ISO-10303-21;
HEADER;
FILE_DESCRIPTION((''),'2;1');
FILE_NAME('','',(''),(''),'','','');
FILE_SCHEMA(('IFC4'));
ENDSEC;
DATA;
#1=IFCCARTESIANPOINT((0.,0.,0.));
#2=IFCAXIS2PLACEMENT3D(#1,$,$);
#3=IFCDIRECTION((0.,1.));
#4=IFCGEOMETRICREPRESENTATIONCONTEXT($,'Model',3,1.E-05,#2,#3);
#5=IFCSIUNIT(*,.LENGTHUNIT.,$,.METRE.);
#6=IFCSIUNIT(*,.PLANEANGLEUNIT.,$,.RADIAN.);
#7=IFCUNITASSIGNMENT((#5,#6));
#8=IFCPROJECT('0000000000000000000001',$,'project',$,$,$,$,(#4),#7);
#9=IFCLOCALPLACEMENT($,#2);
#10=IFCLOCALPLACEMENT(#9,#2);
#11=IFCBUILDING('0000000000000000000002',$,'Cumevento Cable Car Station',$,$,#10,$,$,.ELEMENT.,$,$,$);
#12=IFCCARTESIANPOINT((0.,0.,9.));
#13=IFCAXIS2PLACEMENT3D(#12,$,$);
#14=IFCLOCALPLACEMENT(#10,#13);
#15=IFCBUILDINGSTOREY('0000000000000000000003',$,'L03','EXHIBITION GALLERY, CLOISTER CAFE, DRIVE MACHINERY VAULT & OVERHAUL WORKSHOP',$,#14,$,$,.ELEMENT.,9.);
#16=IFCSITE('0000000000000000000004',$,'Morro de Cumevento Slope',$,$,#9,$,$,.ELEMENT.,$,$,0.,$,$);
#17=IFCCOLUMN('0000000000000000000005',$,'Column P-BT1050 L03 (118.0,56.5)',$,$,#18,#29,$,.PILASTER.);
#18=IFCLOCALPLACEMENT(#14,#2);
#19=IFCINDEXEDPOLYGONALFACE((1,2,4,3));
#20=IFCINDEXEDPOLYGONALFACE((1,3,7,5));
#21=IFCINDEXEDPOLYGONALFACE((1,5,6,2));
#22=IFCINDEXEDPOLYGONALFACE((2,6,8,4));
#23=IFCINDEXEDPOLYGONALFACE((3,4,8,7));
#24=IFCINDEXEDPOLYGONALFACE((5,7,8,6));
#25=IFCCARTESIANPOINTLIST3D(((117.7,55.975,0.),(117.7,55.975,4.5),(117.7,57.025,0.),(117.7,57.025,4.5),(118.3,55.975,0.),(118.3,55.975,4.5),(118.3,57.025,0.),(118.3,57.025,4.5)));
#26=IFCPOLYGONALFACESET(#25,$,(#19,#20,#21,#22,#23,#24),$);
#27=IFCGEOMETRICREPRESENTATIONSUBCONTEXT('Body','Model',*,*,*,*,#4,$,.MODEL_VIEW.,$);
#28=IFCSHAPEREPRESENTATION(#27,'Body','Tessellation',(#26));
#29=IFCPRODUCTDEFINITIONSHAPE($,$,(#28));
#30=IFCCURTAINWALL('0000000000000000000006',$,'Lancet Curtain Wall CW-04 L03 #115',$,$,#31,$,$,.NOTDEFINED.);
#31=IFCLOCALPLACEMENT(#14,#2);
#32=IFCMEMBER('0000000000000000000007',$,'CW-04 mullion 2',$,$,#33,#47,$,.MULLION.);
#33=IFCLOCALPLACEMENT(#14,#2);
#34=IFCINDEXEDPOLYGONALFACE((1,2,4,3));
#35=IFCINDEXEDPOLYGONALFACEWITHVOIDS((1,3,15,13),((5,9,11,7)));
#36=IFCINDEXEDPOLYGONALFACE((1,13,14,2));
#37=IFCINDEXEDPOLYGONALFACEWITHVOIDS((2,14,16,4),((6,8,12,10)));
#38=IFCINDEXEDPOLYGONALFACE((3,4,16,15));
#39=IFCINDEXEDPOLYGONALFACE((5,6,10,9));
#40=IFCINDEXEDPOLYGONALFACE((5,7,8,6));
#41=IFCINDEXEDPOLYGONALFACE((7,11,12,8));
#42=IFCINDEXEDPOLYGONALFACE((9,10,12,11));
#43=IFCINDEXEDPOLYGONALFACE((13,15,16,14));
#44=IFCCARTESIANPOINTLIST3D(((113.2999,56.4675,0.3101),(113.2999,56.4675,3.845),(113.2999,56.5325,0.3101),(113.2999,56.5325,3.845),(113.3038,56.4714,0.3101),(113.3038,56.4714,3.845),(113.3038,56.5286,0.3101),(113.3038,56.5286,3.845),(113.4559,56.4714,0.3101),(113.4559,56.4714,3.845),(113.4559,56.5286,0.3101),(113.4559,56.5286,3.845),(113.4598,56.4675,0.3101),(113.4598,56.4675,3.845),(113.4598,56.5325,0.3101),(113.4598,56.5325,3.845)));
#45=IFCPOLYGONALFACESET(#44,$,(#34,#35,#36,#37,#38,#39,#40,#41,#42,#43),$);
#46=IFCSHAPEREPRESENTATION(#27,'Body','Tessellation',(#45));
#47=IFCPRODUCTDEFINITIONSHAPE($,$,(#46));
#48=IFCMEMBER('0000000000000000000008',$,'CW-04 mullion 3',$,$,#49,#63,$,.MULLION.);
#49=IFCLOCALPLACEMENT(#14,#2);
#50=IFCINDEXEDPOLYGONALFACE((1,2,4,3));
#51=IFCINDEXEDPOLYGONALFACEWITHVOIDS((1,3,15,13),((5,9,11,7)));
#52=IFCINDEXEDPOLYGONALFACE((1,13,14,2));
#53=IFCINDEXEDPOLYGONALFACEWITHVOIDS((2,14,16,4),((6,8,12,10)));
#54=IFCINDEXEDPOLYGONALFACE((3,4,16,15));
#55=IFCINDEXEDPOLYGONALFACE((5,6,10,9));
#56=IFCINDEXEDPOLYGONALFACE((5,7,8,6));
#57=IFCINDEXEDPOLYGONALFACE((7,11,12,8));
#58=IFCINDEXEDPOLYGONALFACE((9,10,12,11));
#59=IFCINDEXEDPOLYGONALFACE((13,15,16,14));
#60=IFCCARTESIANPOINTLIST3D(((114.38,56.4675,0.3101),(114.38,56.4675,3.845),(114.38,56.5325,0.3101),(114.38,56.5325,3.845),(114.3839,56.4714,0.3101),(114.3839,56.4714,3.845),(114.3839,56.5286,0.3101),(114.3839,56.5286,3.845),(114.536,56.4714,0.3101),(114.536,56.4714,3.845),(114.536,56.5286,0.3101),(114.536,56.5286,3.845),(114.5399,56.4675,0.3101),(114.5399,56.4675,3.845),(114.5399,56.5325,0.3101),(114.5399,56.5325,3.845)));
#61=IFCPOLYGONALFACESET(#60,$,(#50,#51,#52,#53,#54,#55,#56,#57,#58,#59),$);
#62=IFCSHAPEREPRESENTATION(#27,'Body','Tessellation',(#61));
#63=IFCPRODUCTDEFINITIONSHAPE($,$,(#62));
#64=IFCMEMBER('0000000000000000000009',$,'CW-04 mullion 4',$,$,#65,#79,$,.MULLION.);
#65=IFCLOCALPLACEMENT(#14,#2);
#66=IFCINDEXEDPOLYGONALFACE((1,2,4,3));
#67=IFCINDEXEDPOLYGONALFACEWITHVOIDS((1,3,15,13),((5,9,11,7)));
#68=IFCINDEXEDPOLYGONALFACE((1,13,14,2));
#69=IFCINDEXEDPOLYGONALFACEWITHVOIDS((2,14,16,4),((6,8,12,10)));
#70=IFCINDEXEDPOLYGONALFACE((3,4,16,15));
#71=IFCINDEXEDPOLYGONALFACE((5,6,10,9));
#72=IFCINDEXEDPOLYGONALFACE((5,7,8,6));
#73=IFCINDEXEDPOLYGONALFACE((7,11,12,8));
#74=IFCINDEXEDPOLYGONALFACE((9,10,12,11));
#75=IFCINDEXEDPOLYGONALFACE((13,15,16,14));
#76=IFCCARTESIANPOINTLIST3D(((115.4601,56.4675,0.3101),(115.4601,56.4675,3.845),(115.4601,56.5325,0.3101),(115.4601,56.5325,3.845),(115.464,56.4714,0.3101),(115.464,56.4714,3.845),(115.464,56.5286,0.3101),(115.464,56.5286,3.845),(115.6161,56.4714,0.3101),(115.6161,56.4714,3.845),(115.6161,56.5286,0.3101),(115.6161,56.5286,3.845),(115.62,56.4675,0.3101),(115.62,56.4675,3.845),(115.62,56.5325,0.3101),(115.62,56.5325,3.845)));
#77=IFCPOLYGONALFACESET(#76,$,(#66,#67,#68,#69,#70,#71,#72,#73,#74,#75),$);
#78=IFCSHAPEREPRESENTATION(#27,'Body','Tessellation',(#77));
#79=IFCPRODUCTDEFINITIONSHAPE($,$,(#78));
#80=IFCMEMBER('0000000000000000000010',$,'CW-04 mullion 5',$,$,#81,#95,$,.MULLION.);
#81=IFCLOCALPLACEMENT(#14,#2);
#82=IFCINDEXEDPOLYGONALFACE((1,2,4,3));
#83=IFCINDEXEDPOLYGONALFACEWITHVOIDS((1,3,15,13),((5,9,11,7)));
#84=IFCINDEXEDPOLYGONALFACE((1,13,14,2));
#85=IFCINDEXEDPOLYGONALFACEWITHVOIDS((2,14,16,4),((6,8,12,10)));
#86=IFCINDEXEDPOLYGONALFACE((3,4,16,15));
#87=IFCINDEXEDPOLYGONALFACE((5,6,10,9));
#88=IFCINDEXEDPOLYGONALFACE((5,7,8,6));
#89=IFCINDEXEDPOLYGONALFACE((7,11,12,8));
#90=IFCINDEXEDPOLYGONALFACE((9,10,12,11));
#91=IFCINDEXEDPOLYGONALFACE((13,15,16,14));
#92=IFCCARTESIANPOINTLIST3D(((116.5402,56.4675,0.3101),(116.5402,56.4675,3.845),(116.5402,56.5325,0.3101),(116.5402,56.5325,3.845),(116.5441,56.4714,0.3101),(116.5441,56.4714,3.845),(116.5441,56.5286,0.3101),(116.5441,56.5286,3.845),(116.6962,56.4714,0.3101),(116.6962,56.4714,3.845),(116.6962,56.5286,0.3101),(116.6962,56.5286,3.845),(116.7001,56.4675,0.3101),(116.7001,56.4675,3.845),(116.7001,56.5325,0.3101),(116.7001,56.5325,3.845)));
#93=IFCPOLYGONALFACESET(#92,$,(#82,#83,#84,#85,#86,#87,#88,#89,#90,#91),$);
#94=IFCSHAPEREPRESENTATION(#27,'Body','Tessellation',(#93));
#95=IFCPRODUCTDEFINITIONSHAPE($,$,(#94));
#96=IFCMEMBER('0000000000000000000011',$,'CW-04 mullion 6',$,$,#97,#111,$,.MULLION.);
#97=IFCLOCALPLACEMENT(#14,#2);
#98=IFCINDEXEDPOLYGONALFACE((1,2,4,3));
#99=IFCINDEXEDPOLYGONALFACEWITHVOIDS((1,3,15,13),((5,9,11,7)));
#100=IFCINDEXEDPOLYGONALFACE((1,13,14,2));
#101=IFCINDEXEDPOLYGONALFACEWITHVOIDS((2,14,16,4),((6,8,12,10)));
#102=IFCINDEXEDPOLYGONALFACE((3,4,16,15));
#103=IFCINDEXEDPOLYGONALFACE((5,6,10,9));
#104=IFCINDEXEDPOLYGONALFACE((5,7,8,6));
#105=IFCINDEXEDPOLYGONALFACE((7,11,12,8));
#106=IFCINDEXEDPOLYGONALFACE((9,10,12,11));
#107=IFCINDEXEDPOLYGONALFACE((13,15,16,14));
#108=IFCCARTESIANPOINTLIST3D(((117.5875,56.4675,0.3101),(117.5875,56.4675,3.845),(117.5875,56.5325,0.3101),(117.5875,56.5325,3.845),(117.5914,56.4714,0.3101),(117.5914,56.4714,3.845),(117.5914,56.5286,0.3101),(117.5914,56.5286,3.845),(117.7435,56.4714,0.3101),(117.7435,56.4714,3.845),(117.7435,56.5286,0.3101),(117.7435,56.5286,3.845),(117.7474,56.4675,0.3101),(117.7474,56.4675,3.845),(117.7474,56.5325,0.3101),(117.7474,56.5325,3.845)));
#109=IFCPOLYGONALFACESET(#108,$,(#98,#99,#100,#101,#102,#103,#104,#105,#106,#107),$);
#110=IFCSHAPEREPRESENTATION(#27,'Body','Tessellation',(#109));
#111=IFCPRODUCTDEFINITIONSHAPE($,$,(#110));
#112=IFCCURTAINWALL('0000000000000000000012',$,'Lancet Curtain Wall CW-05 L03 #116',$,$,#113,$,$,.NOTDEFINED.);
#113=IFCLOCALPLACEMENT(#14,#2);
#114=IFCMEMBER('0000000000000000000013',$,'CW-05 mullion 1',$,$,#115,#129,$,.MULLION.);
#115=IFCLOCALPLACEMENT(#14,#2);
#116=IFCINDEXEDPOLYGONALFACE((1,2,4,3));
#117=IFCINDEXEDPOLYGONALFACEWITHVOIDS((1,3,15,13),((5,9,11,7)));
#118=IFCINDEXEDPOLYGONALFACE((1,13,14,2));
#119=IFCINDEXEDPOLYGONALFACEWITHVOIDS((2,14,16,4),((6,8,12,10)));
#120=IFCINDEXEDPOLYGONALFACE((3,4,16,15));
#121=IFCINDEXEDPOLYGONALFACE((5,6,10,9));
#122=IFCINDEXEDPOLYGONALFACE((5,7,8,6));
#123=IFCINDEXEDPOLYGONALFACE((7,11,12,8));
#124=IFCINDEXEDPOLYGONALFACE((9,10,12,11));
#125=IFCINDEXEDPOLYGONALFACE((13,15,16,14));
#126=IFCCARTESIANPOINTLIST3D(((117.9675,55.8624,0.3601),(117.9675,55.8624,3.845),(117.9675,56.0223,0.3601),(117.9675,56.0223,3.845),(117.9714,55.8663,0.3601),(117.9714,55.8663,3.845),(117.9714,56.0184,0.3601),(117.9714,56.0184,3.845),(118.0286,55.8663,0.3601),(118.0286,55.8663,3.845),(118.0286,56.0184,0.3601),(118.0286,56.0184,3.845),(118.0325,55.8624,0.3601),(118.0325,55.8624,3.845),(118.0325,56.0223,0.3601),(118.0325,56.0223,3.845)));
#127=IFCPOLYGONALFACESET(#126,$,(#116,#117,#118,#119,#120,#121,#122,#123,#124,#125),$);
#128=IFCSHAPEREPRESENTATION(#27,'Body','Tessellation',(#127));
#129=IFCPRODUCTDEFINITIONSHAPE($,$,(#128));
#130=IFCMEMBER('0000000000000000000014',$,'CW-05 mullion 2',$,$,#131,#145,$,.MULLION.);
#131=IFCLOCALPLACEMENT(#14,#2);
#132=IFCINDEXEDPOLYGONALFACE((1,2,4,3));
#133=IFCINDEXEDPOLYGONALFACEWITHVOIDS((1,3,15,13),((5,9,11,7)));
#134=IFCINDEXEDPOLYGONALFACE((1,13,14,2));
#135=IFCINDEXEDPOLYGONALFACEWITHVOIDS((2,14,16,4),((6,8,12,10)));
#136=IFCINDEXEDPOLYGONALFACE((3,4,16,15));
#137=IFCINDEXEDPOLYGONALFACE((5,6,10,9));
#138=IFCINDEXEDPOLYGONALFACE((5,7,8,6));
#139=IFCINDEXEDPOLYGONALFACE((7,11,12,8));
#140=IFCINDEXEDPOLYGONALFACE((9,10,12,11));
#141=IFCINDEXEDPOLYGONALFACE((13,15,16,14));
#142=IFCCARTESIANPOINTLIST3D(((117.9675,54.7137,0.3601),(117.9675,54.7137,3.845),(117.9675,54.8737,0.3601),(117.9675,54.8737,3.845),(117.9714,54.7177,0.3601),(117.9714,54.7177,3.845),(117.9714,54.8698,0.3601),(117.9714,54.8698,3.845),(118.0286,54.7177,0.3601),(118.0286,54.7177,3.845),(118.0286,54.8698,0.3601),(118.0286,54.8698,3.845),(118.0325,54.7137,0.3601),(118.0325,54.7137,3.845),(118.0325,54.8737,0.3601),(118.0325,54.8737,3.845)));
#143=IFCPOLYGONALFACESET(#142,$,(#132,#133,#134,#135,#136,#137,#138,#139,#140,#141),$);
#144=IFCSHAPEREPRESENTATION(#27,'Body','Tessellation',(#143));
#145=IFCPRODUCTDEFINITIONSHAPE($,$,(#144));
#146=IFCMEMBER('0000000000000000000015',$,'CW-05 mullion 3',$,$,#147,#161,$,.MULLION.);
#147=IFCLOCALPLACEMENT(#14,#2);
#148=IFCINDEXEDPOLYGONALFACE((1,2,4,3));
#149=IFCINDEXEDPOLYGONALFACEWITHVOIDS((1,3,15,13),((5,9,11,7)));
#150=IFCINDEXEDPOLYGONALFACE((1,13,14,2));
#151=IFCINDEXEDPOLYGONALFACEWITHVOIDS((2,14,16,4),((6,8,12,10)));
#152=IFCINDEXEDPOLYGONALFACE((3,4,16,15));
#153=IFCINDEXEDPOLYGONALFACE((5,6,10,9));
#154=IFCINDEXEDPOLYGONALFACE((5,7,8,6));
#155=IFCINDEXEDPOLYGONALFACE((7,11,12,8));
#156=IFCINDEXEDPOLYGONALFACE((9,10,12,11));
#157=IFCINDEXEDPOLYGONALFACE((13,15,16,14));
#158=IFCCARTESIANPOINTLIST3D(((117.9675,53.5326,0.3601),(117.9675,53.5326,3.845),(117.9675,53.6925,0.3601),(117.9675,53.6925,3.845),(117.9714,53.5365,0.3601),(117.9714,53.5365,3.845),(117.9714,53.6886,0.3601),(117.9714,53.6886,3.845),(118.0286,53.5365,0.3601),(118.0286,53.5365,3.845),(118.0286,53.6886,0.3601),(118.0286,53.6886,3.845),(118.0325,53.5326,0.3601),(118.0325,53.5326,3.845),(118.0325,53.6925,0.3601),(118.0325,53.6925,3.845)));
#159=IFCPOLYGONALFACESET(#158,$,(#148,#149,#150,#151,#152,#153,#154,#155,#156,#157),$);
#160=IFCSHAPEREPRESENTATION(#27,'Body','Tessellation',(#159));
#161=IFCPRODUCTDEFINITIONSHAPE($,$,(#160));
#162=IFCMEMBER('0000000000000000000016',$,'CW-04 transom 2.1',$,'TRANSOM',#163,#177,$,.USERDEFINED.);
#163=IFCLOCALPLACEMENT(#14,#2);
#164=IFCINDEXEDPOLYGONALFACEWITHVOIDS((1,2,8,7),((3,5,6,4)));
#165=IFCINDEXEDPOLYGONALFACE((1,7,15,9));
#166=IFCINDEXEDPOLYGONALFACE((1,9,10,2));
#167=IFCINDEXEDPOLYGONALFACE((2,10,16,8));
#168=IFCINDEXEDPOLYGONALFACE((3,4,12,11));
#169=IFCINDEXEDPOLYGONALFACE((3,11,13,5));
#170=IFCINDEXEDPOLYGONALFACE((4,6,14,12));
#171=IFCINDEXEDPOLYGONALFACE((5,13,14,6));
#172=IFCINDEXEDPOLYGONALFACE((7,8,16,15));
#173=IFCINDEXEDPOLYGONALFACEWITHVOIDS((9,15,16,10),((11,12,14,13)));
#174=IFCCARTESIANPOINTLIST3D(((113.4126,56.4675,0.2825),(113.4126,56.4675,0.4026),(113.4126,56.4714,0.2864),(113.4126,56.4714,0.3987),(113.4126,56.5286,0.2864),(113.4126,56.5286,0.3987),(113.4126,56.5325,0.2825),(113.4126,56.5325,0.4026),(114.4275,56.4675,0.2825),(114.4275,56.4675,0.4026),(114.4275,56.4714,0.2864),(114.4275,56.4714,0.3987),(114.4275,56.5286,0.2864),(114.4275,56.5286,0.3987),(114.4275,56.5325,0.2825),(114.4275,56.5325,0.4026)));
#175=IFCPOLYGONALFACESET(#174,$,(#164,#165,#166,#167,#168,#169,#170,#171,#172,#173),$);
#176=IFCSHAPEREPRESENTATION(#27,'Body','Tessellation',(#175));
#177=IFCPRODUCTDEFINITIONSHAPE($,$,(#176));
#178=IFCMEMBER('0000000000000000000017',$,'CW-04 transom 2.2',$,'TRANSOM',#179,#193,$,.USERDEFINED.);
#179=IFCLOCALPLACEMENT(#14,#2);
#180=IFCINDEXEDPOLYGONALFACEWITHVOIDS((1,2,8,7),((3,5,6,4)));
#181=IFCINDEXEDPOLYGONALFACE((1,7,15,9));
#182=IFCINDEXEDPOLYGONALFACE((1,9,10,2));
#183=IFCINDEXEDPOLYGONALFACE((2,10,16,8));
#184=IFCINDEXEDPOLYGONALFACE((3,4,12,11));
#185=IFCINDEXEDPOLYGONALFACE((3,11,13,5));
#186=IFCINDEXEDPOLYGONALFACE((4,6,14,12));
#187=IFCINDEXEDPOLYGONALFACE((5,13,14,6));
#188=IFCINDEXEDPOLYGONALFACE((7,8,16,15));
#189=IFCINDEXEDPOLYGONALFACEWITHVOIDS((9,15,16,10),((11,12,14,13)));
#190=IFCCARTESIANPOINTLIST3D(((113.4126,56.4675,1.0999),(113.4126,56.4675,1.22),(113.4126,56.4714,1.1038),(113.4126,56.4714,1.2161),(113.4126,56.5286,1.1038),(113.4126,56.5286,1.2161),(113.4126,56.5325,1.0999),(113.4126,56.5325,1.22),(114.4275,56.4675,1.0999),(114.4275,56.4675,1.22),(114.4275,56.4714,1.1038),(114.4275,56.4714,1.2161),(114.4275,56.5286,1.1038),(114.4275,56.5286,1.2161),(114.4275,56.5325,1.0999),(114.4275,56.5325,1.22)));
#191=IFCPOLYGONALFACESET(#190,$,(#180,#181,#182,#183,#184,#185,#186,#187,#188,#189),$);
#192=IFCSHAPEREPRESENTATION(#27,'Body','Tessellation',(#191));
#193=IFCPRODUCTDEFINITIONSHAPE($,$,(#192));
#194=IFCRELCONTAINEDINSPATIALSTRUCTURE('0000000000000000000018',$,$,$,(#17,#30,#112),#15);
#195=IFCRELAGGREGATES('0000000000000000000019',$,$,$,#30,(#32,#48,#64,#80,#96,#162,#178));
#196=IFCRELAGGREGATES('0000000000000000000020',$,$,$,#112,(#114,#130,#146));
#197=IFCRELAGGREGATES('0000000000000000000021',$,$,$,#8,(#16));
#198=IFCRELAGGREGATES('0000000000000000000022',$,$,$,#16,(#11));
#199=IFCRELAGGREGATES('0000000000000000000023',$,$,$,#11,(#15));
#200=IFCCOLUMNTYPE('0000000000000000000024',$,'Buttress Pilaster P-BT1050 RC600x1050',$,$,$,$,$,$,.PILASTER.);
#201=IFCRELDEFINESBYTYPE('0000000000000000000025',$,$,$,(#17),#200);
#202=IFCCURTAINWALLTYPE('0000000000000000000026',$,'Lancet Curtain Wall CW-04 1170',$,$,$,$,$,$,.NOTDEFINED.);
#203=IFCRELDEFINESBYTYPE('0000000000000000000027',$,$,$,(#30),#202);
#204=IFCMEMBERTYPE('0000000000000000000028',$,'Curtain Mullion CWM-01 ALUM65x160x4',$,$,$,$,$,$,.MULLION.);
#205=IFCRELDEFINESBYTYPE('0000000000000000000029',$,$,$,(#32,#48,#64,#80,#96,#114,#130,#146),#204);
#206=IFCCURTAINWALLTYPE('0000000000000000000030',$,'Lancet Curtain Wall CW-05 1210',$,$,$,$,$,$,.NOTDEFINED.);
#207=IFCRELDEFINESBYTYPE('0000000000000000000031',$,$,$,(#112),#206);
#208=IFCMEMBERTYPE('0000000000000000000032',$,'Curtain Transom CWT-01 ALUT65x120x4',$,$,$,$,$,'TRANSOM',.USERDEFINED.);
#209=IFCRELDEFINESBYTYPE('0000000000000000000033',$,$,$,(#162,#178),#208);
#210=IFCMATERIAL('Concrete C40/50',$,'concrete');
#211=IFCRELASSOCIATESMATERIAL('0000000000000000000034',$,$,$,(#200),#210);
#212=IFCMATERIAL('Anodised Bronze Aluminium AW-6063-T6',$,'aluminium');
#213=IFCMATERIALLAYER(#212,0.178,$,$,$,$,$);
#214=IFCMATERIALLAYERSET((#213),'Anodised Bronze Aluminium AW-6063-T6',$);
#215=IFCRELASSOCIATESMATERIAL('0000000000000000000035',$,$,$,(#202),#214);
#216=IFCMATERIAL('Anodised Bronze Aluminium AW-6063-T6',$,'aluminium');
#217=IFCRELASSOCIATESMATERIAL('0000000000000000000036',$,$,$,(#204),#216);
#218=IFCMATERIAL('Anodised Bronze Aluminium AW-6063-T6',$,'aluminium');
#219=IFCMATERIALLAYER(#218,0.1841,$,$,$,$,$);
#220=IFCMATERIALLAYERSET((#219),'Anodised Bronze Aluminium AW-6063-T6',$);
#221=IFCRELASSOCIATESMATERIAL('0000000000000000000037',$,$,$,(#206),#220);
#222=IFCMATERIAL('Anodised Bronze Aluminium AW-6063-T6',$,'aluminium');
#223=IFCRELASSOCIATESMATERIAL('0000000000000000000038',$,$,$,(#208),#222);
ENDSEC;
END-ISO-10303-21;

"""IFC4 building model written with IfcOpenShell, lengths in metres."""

from ifc_helpers import new_model, si_unit, direction, frame, origin, origin_2d, place, context, subcontext, project, spatial, rectangle, hollow_rectangle, extrude, material, layer, layer_set, material_profile, profile_set, type_object, element, aggregate, save


model = new_model("IFC4")

# Units and contexts
model_context = context("Model", 3, precision=1e-05, world=origin(), true_north=direction((0.0, 1.0)))
body_context = subcontext(model_context, "Body", "Model", "MODEL_VIEW")
ifc_project = project(units=[si_unit("LENGTHUNIT", "METRE"), si_unit("PLANEANGLEUNIT", "RADIAN")], contexts=[model_context])

# Site, building, storey
site_placement = place(None, origin())
site = spatial("IfcSite", under=ifc_project, at=site_placement, Name="Morro de Cumevento Slope", CompositionType="ELEMENT", RefElevation=0.0)
building_placement = place(site_placement, origin())
building = spatial("IfcBuilding", under=site, at=building_placement, Name="Cumevento Cable Car Station", CompositionType="ELEMENT")
storey_placement = place(building_placement, frame((0.0, 0.0, 9.0)))
storey = spatial("IfcBuildingStorey", under=building, at=storey_placement, Name="L03", Description="EXHIBITION GALLERY, CLOISTER CAFE, DRIVE MACHINERY VAULT & OVERHAUL WORKSHOP", CompositionType="ELEMENT", Elevation=9.0)

# Column
ifc_material_1 = material(Name="Concrete C40/50", Category="concrete")
ifc_material_profile_1 = material_profile(ifc_material_1, rectangle(XDim=0.6001, YDim=1.05, at=origin_2d()), Name="RC600x1050")
ifc_profile_set_1 = profile_set([ifc_material_profile_1], Name="Concrete C40/50")
column_type = type_object("IfcColumnType", Name="Buttress Pilaster P-BT1050 RC600x1050", PredefinedType="PILASTER", material=ifc_profile_set_1)
column_placement = place(storey_placement, frame((118.0, 56.5, 0.0), z_axis=(0.0, 0.0, 1.0), x_axis=(1.0, 0.0, 0.0)))
element("IfcColumn", 1, at=column_placement, inside=storey, type_object=column_type, Name="Column P-BT1050 L03 (118.0,56.5)", PredefinedType="PILASTER", context=body_context, shape_type="SweptSolid", body=[
    extrude(rectangle(XDim=0.6001, YDim=1.05, at=origin_2d()), origin(), (0.0, 0.0, 1.0), 4.5),
])

# Curtain walls, members
ifc_material_2 = material(Name="Anodised Bronze Aluminium AW-6063-T6", Category="aluminium")
ifc_layer_1 = layer(ifc_material_2, 0.178)
ifc_layer_set_1 = layer_set([ifc_layer_1], Name="Anodised Bronze Aluminium AW-6063-T6")
curtain_wall_type_1 = type_object("IfcCurtainWallType", Name="Lancet Curtain Wall CW-04 1170", PredefinedType="NOTDEFINED", material=ifc_layer_set_1)
curtain_wall_1_placement = place(storey_placement, origin())
curtain_wall_1 = element("IfcCurtainWall", 2, at=curtain_wall_1_placement, inside=storey, type_object=curtain_wall_type_1, Name="Lancet Curtain Wall CW-04 L03 #115", PredefinedType="NOTDEFINED")
ifc_material_3 = material(Name="Anodised Bronze Aluminium AW-6063-T6", Category="aluminium")
ifc_material_profile_2 = material_profile(ifc_material_3, hollow_rectangle(XDim=0.0649, YDim=0.1599, WallThickness=0.0039, at=origin_2d()), Name="ALUM65x160x4")
ifc_profile_set_2 = profile_set([ifc_material_profile_2], Name="Anodised Bronze Aluminium AW-6063-T6")
member_type_1 = type_object("IfcMemberType", Name="Curtain Mullion CWM-01 ALUM65x160x4", PredefinedType="MULLION", material=ifc_profile_set_2)
member_1_placement = place(storey_placement, frame((113.3799, 56.5, 0.3101), z_axis=(0.0, 0.0, 1.0), x_axis=(0.0, 1.0, 0.0)))
member_1 = element("IfcMember", 3, at=member_1_placement, type_object=member_type_1, Name="CW-04 mullion 2", PredefinedType="MULLION", context=body_context, shape_type="SweptSolid", body=[
    extrude(hollow_rectangle(XDim=0.0649, YDim=0.1599, WallThickness=0.0039, at=origin_2d()), origin(), (0.0, 0.0, 1.0), 3.5349),
])
member_2_placement = place(storey_placement, frame((114.46, 56.5, 0.3101), z_axis=(0.0, 0.0, 1.0), x_axis=(0.0, 1.0, 0.0)))
member_2 = element("IfcMember", 4, at=member_2_placement, type_object=member_type_1, Name="CW-04 mullion 3", PredefinedType="MULLION", context=body_context, shape_type="SweptSolid", body=[
    extrude(hollow_rectangle(XDim=0.0649, YDim=0.1599, WallThickness=0.0039, at=origin_2d()), origin(), (0.0, 0.0, 1.0), 3.5349),
])
member_3_placement = place(storey_placement, frame((115.54, 56.5, 0.3101), z_axis=(0.0, 0.0, 1.0), x_axis=(0.0, 1.0, 0.0)))
member_3 = element("IfcMember", 5, at=member_3_placement, type_object=member_type_1, Name="CW-04 mullion 4", PredefinedType="MULLION", context=body_context, shape_type="SweptSolid", body=[
    extrude(hollow_rectangle(XDim=0.0649, YDim=0.1599, WallThickness=0.0039, at=origin_2d()), origin(), (0.0, 0.0, 1.0), 3.5349),
])
member_4_placement = place(storey_placement, frame((116.6201, 56.5, 0.3101), z_axis=(0.0, 0.0, 1.0), x_axis=(0.0, 1.0, 0.0)))
member_4 = element("IfcMember", 6, at=member_4_placement, type_object=member_type_1, Name="CW-04 mullion 5", PredefinedType="MULLION", context=body_context, shape_type="SweptSolid", body=[
    extrude(hollow_rectangle(XDim=0.0649, YDim=0.1599, WallThickness=0.0039, at=origin_2d()), origin(), (0.0, 0.0, 1.0), 3.5349),
])
member_5_placement = place(storey_placement, frame((117.6675, 56.5, 0.3101), z_axis=(0.0, 0.0, 1.0), x_axis=(0.0, 1.0, 0.0)))
member_5 = element("IfcMember", 7, at=member_5_placement, type_object=member_type_1, Name="CW-04 mullion 6", PredefinedType="MULLION", context=body_context, shape_type="SweptSolid", body=[
    extrude(hollow_rectangle(XDim=0.0649, YDim=0.1599, WallThickness=0.0039, at=origin_2d()), origin(), (0.0, 0.0, 1.0), 3.5349),
])
ifc_material_4 = material(Name="Anodised Bronze Aluminium AW-6063-T6", Category="aluminium")
ifc_layer_2 = layer(ifc_material_4, 0.1841)
ifc_layer_set_2 = layer_set([ifc_layer_2], Name="Anodised Bronze Aluminium AW-6063-T6")
curtain_wall_type_2 = type_object("IfcCurtainWallType", Name="Lancet Curtain Wall CW-05 1210", PredefinedType="NOTDEFINED", material=ifc_layer_set_2)
curtain_wall_2_placement = place(storey_placement, origin())
curtain_wall_2 = element("IfcCurtainWall", 8, at=curtain_wall_2_placement, inside=storey, type_object=curtain_wall_type_2, Name="Lancet Curtain Wall CW-05 L03 #116", PredefinedType="NOTDEFINED")
member_6_placement = place(storey_placement, frame((118.0, 55.9424, 0.3601), z_axis=(0.0, 0.0, 1.0), x_axis=(1.0, 0.0, 0.0)))
member_6 = element("IfcMember", 9, at=member_6_placement, type_object=member_type_1, Name="CW-05 mullion 1", PredefinedType="MULLION", context=body_context, shape_type="SweptSolid", body=[
    extrude(hollow_rectangle(XDim=0.0649, YDim=0.1599, WallThickness=0.0039, at=origin_2d()), origin(), (0.0, 0.0, 1.0), 3.4849),
])
member_7_placement = place(storey_placement, frame((118.0, 54.7937, 0.3601), z_axis=(0.0, 0.0, 1.0), x_axis=(1.0, 0.0, 0.0)))
member_7 = element("IfcMember", 10, at=member_7_placement, type_object=member_type_1, Name="CW-05 mullion 2", PredefinedType="MULLION", context=body_context, shape_type="SweptSolid", body=[
    extrude(hollow_rectangle(XDim=0.0649, YDim=0.1599, WallThickness=0.0039, at=origin_2d()), origin(), (0.0, 0.0, 1.0), 3.4849),
])
member_8_placement = place(storey_placement, frame((118.0, 53.6125, 0.3601), z_axis=(0.0, 0.0, 1.0), x_axis=(1.0, 0.0, 0.0)))
member_8 = element("IfcMember", 11, at=member_8_placement, type_object=member_type_1, Name="CW-05 mullion 3", PredefinedType="MULLION", context=body_context, shape_type="SweptSolid", body=[
    extrude(hollow_rectangle(XDim=0.0649, YDim=0.1599, WallThickness=0.0039, at=origin_2d()), origin(), (0.0, 0.0, 1.0), 3.4849),
])

# Members
ifc_material_5 = material(Name="Anodised Bronze Aluminium AW-6063-T6", Category="aluminium")
ifc_material_profile_3 = material_profile(ifc_material_5, hollow_rectangle(XDim=0.0649, YDim=0.1201, WallThickness=0.0039, at=origin_2d()), Name="ALUT65x120x4")
ifc_profile_set_3 = profile_set([ifc_material_profile_3], Name="Anodised Bronze Aluminium AW-6063-T6")
member_type_2 = type_object("IfcMemberType", Name="Curtain Transom CWT-01 ALUT65x120x4", ElementType="TRANSOM", PredefinedType="USERDEFINED", material=ifc_profile_set_3)
member_9_placement = place(storey_placement, frame((113.4126, 56.5, 0.3425), z_axis=(1.0, 0.0, 0.0), x_axis=(0.0, 1.0, 0.0)))
member_9 = element("IfcMember", 12, at=member_9_placement, type_object=member_type_2, Name="CW-04 transom 2.1", ObjectType="TRANSOM", PredefinedType="USERDEFINED", context=body_context, shape_type="SweptSolid", body=[
    extrude(hollow_rectangle(XDim=0.0649, YDim=0.1201, WallThickness=0.0039, at=origin_2d()), origin(), (0.0, 0.0, 1.0), 1.0149),
])
member_10_placement = place(storey_placement, frame((113.4126, 56.5, 1.1599), z_axis=(1.0, 0.0, 0.0), x_axis=(0.0, 1.0, 0.0)))
member_10 = element("IfcMember", 13, at=member_10_placement, type_object=member_type_2, Name="CW-04 transom 2.2", ObjectType="TRANSOM", PredefinedType="USERDEFINED", context=body_context, shape_type="SweptSolid", body=[
    extrude(hollow_rectangle(XDim=0.0649, YDim=0.1201, WallThickness=0.0039, at=origin_2d()), origin(), (0.0, 0.0, 1.0), 1.0149),
])

aggregate(curtain_wall_1, [member_1, member_2, member_3, member_4, member_5, member_9, member_10])
aggregate(curtain_wall_2, [member_6, member_7, member_8])

save(model, "model.ifc")
